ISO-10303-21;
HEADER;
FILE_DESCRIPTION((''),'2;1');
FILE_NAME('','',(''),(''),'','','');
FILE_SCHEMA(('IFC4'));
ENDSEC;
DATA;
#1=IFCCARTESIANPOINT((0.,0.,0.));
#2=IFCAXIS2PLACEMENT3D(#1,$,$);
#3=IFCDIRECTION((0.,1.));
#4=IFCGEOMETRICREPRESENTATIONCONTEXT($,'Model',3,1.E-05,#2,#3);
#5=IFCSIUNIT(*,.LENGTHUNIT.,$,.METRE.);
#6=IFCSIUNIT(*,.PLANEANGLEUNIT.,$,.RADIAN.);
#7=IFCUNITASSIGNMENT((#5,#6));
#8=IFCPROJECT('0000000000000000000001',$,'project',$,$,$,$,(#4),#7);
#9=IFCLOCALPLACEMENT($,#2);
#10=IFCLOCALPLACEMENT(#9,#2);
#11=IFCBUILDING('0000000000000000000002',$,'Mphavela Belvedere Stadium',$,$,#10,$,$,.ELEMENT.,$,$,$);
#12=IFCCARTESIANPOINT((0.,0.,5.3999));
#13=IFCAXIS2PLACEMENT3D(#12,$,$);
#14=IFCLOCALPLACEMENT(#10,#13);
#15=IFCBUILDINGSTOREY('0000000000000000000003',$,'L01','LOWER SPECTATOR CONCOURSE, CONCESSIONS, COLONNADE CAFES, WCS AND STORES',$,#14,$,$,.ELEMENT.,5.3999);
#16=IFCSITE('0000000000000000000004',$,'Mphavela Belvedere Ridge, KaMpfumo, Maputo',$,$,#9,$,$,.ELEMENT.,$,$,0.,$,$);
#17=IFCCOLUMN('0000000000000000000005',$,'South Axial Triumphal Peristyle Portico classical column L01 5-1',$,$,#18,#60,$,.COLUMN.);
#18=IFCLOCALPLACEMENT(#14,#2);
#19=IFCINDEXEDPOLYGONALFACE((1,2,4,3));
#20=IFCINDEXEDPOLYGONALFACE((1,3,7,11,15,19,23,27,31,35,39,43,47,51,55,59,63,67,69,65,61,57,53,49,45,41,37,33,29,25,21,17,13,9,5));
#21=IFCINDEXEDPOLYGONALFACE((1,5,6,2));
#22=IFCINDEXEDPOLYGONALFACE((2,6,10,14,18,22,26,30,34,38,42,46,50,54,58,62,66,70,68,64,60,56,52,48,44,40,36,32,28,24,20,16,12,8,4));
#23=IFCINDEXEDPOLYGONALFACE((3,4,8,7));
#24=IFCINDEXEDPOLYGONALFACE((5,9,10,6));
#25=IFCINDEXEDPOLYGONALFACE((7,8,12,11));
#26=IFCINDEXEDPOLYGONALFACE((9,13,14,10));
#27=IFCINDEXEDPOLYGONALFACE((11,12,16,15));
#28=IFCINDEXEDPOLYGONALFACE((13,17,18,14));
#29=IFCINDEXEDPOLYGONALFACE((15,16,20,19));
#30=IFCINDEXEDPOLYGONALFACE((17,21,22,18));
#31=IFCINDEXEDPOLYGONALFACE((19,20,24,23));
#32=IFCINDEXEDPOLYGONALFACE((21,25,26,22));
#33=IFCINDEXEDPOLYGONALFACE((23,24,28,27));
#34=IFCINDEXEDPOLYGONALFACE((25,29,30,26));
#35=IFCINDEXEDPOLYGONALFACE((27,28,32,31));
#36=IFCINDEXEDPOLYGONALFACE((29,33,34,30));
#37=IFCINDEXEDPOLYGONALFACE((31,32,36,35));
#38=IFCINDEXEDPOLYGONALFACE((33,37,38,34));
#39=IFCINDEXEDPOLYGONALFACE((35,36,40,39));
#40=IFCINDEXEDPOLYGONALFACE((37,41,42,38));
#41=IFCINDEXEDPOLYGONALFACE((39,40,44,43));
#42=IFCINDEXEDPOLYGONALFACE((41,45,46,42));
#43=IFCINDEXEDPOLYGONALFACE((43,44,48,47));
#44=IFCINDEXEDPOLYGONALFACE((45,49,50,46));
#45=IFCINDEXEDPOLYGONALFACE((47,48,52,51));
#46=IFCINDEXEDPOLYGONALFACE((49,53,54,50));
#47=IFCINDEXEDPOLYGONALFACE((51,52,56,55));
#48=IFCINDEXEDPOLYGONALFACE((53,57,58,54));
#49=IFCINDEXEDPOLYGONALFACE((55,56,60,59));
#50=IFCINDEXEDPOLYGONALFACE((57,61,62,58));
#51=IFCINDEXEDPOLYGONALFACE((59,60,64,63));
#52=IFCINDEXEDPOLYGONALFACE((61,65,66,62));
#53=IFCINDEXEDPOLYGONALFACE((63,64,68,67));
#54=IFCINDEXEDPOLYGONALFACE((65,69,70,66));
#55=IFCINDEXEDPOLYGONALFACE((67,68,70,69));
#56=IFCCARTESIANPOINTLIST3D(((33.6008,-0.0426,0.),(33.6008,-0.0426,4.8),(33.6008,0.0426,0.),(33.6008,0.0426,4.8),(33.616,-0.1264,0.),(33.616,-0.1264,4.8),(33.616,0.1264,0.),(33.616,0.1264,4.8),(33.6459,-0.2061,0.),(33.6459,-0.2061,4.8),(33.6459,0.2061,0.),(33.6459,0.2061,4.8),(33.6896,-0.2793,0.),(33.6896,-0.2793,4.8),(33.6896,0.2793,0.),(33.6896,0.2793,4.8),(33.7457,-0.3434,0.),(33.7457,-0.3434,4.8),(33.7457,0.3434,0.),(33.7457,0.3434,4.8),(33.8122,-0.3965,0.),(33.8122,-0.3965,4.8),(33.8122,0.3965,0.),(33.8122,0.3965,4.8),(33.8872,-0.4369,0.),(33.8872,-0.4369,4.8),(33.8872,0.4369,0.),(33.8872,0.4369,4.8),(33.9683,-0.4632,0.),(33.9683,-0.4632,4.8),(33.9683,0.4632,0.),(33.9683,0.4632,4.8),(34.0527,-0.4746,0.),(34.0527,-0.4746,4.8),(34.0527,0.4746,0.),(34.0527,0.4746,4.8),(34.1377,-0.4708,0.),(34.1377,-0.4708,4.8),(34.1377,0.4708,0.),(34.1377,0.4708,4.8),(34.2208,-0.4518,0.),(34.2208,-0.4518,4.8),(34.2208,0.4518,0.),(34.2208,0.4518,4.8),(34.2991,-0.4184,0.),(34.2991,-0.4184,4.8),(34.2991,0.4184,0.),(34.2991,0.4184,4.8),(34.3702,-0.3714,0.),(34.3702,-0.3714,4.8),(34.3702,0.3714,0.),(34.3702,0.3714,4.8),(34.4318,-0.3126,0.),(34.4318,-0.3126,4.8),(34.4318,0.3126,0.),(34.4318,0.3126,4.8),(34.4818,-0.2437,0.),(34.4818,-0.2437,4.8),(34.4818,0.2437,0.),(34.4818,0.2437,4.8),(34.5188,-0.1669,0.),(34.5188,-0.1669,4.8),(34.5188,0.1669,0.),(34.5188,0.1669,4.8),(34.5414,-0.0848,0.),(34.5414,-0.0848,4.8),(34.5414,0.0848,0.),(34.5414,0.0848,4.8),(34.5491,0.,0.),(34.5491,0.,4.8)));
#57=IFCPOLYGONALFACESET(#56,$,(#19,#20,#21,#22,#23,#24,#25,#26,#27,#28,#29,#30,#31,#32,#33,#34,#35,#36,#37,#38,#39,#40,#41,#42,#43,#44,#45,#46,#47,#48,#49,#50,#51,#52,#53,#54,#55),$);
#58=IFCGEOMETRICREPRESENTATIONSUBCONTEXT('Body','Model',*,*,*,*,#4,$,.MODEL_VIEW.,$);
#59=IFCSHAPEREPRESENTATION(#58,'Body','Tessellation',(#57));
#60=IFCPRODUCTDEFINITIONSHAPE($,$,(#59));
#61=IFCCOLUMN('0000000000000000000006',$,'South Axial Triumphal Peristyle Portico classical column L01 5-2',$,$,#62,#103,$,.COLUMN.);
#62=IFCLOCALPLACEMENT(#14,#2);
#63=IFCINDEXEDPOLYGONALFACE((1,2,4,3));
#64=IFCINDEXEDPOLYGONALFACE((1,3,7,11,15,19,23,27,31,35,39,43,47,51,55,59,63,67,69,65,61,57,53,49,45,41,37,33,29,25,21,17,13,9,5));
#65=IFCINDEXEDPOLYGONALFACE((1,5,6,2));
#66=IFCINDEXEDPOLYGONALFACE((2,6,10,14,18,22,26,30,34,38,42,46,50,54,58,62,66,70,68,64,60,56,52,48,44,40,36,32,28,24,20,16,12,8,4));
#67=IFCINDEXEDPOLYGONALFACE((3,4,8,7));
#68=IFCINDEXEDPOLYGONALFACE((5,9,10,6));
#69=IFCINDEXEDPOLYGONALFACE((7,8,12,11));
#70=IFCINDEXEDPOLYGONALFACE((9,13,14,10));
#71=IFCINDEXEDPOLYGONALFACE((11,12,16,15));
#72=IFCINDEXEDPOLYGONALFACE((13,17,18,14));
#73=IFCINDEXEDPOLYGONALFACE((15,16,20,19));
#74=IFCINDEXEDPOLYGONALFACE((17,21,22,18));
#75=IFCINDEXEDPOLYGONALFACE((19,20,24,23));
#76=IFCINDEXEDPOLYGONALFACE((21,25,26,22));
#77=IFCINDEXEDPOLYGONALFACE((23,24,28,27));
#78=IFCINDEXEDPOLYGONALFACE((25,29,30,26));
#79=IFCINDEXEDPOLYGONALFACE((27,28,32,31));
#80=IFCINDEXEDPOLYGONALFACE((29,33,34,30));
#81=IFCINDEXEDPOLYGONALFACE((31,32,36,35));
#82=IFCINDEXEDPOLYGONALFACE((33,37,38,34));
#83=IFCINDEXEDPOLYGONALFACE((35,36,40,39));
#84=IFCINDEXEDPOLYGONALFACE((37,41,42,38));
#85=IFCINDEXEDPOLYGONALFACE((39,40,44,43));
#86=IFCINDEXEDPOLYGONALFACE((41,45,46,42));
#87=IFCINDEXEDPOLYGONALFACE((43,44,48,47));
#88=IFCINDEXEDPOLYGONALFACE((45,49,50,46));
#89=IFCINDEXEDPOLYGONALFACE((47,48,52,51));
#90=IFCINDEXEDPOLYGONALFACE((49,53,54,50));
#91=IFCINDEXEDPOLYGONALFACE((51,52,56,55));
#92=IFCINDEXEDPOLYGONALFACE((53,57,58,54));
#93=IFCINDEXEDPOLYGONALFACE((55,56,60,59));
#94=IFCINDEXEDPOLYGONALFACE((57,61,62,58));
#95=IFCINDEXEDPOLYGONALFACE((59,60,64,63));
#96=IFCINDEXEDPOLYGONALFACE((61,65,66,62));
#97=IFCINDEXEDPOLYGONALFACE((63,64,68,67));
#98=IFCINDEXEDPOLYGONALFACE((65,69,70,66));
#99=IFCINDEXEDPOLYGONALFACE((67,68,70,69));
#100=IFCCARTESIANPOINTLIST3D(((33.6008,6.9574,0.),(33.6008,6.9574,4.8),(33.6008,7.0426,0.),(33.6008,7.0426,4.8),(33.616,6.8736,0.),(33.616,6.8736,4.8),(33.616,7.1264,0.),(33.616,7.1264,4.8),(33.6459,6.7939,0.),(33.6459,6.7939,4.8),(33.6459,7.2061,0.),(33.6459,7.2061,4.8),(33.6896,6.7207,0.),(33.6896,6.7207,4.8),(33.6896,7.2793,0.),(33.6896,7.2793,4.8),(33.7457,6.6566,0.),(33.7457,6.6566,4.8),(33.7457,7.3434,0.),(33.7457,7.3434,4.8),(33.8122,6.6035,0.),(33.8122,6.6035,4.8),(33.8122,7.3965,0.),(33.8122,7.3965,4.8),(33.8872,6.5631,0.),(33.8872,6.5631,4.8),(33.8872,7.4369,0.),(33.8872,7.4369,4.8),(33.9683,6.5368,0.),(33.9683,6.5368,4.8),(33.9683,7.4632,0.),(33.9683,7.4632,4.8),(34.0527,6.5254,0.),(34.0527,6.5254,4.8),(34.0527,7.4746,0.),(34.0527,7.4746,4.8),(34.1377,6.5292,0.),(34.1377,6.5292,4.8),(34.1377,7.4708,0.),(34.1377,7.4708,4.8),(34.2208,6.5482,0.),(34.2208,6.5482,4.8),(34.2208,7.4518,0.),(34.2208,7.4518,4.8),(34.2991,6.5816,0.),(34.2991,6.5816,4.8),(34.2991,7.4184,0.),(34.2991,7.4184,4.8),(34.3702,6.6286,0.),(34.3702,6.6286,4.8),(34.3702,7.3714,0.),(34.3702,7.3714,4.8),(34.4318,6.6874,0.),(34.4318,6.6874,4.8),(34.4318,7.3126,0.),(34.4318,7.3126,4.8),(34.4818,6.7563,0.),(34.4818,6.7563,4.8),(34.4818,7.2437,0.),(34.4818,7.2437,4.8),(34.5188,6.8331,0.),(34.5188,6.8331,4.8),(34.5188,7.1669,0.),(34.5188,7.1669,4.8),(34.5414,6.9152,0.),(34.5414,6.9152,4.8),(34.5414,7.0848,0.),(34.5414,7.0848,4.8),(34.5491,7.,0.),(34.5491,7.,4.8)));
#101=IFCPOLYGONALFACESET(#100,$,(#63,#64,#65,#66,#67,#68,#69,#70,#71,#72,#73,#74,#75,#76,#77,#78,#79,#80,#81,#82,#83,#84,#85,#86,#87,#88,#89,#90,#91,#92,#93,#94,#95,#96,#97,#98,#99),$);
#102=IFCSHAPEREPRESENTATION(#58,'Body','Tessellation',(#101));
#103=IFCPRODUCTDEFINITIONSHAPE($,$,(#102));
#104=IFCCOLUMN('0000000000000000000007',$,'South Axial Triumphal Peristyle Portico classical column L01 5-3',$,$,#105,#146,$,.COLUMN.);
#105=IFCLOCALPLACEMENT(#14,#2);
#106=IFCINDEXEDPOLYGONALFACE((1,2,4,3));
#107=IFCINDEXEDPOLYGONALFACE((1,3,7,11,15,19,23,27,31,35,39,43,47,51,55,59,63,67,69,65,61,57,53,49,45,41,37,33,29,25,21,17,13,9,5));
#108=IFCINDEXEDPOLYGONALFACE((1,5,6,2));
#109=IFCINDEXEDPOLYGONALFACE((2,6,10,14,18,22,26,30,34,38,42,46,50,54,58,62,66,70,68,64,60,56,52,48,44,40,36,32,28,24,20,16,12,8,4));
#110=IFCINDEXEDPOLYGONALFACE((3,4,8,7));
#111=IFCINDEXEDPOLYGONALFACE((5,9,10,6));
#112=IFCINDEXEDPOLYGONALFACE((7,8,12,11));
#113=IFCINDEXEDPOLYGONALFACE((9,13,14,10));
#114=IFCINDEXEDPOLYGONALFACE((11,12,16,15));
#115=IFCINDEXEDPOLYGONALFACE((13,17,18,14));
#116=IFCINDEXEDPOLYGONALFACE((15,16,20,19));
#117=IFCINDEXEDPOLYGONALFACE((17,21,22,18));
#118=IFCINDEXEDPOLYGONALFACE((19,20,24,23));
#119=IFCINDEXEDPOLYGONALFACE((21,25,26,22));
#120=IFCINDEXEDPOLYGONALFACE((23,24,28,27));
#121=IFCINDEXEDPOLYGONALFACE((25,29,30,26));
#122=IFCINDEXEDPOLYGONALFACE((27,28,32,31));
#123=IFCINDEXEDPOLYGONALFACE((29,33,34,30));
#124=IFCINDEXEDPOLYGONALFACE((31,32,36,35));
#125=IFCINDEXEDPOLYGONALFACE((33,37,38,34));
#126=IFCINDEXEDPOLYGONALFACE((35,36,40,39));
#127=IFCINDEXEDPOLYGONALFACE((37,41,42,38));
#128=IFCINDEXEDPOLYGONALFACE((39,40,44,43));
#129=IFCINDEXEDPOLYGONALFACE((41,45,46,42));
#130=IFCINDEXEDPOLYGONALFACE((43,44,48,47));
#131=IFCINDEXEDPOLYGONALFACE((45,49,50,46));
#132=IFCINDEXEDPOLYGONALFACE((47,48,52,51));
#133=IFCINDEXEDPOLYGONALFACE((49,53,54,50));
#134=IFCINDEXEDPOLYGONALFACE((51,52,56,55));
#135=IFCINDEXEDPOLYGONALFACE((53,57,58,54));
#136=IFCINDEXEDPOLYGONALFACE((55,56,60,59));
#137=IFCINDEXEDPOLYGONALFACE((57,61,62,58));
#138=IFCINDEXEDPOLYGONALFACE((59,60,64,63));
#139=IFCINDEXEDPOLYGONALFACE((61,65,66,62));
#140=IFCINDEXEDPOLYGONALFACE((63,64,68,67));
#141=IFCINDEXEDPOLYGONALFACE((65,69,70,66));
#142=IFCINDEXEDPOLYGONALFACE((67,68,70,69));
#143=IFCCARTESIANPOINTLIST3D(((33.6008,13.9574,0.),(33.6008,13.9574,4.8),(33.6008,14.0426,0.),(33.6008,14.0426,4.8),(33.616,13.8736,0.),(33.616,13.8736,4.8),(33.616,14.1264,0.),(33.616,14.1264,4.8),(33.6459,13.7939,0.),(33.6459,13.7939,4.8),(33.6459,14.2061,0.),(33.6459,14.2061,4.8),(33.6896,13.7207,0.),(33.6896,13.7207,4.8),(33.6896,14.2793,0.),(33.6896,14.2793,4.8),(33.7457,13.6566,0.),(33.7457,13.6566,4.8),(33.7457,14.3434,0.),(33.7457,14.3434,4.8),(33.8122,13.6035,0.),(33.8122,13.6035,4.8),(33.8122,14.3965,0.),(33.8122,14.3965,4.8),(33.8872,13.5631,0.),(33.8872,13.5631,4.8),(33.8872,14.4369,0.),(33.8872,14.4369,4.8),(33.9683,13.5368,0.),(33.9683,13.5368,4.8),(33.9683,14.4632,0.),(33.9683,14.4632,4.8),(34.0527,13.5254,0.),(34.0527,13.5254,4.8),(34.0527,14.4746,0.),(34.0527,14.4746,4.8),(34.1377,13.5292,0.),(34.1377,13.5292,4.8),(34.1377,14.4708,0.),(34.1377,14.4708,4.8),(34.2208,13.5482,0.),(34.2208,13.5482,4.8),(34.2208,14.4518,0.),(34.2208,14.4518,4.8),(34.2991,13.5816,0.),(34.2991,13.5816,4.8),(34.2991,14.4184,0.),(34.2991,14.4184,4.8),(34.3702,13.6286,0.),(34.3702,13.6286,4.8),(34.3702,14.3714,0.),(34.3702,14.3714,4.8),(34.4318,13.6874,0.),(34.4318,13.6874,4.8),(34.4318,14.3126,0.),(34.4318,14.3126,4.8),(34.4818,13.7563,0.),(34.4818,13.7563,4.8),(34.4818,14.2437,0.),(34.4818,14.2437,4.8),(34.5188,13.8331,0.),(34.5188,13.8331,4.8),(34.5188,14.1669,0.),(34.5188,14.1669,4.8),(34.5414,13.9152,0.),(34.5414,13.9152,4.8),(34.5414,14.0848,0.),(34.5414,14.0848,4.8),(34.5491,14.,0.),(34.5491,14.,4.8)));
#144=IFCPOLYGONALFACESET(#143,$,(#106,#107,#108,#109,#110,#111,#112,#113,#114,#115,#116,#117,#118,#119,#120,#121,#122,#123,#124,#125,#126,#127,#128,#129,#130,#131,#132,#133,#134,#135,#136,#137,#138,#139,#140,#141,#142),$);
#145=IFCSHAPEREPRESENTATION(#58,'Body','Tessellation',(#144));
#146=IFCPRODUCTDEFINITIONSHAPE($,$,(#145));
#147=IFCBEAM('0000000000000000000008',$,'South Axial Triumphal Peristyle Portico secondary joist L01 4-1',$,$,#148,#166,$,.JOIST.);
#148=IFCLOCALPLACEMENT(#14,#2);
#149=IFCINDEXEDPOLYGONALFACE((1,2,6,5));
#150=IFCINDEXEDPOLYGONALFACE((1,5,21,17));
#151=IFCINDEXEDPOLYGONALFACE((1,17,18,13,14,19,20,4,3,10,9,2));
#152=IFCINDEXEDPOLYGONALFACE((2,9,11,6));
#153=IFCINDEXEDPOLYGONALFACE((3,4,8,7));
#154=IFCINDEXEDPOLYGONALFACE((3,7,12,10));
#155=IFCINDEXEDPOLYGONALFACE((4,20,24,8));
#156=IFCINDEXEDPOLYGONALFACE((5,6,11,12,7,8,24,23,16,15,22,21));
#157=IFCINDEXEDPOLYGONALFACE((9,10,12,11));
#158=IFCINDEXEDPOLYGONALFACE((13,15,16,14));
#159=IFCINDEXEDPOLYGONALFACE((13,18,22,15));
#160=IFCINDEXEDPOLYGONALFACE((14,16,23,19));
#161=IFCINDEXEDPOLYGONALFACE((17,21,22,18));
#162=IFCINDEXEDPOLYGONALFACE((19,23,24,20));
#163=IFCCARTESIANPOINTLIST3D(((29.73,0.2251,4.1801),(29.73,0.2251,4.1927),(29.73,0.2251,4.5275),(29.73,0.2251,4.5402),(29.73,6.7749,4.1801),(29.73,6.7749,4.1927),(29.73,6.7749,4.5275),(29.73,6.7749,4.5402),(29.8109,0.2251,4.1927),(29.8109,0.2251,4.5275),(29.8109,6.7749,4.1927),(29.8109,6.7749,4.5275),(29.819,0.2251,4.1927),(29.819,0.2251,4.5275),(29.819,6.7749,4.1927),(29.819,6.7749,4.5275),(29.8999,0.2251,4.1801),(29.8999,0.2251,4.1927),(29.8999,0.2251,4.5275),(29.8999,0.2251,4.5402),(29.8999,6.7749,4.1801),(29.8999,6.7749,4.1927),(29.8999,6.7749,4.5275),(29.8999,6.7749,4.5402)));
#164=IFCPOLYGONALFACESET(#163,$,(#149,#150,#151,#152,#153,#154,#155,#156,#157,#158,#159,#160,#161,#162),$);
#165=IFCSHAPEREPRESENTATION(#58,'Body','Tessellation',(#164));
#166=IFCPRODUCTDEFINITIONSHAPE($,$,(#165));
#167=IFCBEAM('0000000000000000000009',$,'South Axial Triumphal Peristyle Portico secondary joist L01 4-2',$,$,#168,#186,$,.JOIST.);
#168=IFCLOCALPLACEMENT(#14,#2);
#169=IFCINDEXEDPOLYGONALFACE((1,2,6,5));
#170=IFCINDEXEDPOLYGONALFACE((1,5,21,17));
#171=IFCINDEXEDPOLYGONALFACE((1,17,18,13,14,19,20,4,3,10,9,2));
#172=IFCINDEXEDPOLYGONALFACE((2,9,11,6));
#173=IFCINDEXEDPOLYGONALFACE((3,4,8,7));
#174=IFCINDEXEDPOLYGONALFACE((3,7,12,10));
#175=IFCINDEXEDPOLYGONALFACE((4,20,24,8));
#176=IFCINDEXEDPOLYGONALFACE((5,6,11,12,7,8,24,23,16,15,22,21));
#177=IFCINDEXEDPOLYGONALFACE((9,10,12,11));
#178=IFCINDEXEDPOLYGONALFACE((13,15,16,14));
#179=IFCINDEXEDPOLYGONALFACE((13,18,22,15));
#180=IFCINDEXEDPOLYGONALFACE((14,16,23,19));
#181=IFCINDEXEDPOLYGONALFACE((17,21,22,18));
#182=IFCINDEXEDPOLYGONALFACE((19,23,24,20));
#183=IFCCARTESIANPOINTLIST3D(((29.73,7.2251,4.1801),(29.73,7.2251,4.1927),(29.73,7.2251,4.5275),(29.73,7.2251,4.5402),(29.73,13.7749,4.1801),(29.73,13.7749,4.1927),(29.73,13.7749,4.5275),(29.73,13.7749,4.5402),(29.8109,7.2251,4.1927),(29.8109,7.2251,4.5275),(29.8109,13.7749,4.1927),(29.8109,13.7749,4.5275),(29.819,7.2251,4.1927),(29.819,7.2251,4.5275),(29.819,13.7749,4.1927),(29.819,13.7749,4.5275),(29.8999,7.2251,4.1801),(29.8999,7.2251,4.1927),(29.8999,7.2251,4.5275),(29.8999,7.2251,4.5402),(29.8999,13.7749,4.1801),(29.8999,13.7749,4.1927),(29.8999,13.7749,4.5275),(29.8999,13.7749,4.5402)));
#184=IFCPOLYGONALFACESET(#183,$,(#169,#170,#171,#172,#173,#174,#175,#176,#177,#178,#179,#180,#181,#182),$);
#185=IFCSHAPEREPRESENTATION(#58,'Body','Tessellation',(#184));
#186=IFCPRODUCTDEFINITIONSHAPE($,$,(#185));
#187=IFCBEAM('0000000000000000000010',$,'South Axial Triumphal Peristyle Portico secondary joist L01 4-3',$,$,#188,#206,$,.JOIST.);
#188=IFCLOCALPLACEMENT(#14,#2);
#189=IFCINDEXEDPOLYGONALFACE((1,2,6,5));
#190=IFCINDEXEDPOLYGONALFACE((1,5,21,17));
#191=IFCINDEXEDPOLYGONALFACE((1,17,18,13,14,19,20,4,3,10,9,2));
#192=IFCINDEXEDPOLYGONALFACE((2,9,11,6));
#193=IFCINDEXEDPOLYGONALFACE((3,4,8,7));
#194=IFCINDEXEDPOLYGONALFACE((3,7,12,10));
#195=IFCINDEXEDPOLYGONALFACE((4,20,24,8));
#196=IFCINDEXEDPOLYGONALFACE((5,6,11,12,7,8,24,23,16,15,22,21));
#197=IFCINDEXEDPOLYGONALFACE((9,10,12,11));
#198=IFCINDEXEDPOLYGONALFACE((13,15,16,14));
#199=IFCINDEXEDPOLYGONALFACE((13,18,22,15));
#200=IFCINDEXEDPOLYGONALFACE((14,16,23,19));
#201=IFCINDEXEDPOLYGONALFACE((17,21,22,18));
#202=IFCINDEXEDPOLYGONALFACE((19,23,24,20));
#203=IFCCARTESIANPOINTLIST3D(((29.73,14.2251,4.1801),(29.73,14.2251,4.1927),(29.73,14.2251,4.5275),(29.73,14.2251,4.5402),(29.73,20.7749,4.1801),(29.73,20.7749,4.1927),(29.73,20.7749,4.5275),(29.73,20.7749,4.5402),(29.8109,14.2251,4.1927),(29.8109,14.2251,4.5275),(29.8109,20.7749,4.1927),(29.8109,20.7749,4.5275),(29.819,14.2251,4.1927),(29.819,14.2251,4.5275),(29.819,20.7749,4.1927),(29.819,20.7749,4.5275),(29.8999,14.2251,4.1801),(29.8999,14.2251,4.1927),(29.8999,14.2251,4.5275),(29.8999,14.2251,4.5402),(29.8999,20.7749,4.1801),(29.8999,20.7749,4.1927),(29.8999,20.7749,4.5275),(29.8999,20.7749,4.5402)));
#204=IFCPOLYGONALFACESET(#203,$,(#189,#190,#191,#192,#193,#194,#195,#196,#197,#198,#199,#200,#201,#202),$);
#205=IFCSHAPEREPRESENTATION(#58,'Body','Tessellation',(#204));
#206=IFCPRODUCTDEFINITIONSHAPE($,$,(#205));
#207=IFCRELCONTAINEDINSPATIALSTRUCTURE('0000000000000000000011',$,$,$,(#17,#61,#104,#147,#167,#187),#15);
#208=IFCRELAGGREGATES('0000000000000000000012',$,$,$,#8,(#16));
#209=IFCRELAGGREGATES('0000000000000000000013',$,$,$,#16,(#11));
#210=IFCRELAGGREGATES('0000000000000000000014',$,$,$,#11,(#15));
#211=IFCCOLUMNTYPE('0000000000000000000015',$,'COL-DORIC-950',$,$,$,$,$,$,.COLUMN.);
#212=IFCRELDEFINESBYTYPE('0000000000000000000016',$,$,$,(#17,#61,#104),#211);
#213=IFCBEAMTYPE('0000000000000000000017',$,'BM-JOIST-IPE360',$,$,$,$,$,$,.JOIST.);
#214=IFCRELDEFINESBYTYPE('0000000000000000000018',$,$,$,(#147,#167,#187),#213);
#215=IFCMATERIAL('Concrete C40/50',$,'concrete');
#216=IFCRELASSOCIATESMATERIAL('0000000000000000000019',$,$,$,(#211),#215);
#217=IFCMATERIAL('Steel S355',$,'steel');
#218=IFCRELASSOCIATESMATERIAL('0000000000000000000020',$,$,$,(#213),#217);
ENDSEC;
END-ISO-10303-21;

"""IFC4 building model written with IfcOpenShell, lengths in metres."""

from ifc_helpers import new_model, si_unit, direction, frame, origin, origin_2d, place, context, subcontext, project, spatial, circle, i_section, extrude, material, material_profile, profile_set, type_object, element, save


model = new_model("IFC4")

# Units and contexts
model_context = context("Model", 3, precision=1e-05, world=origin(), true_north=direction((0.0, 1.0)))
body_context = subcontext(model_context, "Body", "Model", "MODEL_VIEW")
ifc_project = project(units=[si_unit("LENGTHUNIT", "METRE"), si_unit("PLANEANGLEUNIT", "RADIAN")], contexts=[model_context])

# Site, building, storey
site_placement = place(None, origin())
site = spatial("IfcSite", under=ifc_project, at=site_placement, Name="Mphavela Belvedere Ridge, KaMpfumo, Maputo", CompositionType="ELEMENT", RefElevation=0.0)
building_placement = place(site_placement, origin())
building = spatial("IfcBuilding", under=site, at=building_placement, Name="Mphavela Belvedere Stadium", CompositionType="ELEMENT")
storey_placement = place(building_placement, frame((0.0, 0.0, 5.3999)))
storey = spatial("IfcBuildingStorey", under=building, at=storey_placement, Name="L01", Description="LOWER SPECTATOR CONCOURSE, CONCESSIONS, COLONNADE CAFES, WCS AND STORES", CompositionType="ELEMENT", Elevation=5.3999)

# Columns
ifc_material_1 = material(Name="Concrete C40/50", Category="concrete")
ifc_material_profile_1 = material_profile(ifc_material_1, circle(Radius=0.4751, at=origin_2d()), Name="COL D950")
ifc_profile_set_1 = profile_set([ifc_material_profile_1], Name="Concrete C40/50")
column_type = type_object("IfcColumnType", Name="COL-DORIC-950", PredefinedType="COLUMN", material=ifc_profile_set_1)
for number, where, z_axis, x_axis, name in (
    (1, (34.074, 0.0, 0.0), (0.0, 0.0, 1.0), (1.0, 0.0, 0.0), "South Axial Triumphal Peristyle Portico classical column L01 5-1"),
    (2, (34.074, 7.0, 0.0), (0.0, 0.0, 1.0), (1.0, 0.0, 0.0), "South Axial Triumphal Peristyle Portico classical column L01 5-2"),
    (3, (34.074, 14.0, 0.0), (0.0, 0.0, 1.0), (1.0, 0.0, 0.0), "South Axial Triumphal Peristyle Portico classical column L01 5-3"),
):
    element("IfcColumn", number, at=place(storey_placement, frame(where, z_axis=z_axis, x_axis=x_axis)), inside=storey, type_object=column_type, Name=name, PredefinedType="COLUMN", context=body_context, shape_type="SweptSolid", body=[
        extrude(circle(Radius=0.4751, at=origin_2d()), origin(), (0.0, 0.0, 1.0), 4.8),
    ])

# Beams
ifc_material_2 = material(Name="Steel S355", Category="steel")
ifc_material_profile_2 = material_profile(ifc_material_2, i_section(OverallWidth=0.1699, OverallDepth=0.3601, WebThickness=0.0081, FlangeThickness=0.0127, at=origin_2d()), Name="IPE 360")
ifc_profile_set_2 = profile_set([ifc_material_profile_2], Name="Steel S355")
beam_type_1 = type_object("IfcBeamType", Name="BM-JOIST-IPE360", PredefinedType="JOIST", material=ifc_profile_set_2)
for number, where, z_axis, x_axis, name in (
    (4, (29.8149, 0.2251, 4.3601), (0.0, 1.0, 0.0), (-1.0, 0.0, 0.0), "South Axial Triumphal Peristyle Portico secondary joist L01 4-1"),
    (5, (29.8149, 7.2251, 4.3601), (0.0, 1.0, 0.0), (-1.0, 0.0, 0.0), "South Axial Triumphal Peristyle Portico secondary joist L01 4-2"),
    (6, (29.8149, 14.2251, 4.3601), (0.0, 1.0, 0.0), (-1.0, 0.0, 0.0), "South Axial Triumphal Peristyle Portico secondary joist L01 4-3"),
):
    element("IfcBeam", number, at=place(storey_placement, frame(where, z_axis=z_axis, x_axis=x_axis)), inside=storey, type_object=beam_type_1, Name=name, PredefinedType="JOIST", context=body_context, shape_type="SweptSolid", body=[
        extrude(i_section(OverallWidth=0.1699, OverallDepth=0.3601, WebThickness=0.0081, FlangeThickness=0.0127, at=origin_2d()), origin(), (0.0, 0.0, 1.0), 6.5498),
    ])

save(model, "model.ifc")
